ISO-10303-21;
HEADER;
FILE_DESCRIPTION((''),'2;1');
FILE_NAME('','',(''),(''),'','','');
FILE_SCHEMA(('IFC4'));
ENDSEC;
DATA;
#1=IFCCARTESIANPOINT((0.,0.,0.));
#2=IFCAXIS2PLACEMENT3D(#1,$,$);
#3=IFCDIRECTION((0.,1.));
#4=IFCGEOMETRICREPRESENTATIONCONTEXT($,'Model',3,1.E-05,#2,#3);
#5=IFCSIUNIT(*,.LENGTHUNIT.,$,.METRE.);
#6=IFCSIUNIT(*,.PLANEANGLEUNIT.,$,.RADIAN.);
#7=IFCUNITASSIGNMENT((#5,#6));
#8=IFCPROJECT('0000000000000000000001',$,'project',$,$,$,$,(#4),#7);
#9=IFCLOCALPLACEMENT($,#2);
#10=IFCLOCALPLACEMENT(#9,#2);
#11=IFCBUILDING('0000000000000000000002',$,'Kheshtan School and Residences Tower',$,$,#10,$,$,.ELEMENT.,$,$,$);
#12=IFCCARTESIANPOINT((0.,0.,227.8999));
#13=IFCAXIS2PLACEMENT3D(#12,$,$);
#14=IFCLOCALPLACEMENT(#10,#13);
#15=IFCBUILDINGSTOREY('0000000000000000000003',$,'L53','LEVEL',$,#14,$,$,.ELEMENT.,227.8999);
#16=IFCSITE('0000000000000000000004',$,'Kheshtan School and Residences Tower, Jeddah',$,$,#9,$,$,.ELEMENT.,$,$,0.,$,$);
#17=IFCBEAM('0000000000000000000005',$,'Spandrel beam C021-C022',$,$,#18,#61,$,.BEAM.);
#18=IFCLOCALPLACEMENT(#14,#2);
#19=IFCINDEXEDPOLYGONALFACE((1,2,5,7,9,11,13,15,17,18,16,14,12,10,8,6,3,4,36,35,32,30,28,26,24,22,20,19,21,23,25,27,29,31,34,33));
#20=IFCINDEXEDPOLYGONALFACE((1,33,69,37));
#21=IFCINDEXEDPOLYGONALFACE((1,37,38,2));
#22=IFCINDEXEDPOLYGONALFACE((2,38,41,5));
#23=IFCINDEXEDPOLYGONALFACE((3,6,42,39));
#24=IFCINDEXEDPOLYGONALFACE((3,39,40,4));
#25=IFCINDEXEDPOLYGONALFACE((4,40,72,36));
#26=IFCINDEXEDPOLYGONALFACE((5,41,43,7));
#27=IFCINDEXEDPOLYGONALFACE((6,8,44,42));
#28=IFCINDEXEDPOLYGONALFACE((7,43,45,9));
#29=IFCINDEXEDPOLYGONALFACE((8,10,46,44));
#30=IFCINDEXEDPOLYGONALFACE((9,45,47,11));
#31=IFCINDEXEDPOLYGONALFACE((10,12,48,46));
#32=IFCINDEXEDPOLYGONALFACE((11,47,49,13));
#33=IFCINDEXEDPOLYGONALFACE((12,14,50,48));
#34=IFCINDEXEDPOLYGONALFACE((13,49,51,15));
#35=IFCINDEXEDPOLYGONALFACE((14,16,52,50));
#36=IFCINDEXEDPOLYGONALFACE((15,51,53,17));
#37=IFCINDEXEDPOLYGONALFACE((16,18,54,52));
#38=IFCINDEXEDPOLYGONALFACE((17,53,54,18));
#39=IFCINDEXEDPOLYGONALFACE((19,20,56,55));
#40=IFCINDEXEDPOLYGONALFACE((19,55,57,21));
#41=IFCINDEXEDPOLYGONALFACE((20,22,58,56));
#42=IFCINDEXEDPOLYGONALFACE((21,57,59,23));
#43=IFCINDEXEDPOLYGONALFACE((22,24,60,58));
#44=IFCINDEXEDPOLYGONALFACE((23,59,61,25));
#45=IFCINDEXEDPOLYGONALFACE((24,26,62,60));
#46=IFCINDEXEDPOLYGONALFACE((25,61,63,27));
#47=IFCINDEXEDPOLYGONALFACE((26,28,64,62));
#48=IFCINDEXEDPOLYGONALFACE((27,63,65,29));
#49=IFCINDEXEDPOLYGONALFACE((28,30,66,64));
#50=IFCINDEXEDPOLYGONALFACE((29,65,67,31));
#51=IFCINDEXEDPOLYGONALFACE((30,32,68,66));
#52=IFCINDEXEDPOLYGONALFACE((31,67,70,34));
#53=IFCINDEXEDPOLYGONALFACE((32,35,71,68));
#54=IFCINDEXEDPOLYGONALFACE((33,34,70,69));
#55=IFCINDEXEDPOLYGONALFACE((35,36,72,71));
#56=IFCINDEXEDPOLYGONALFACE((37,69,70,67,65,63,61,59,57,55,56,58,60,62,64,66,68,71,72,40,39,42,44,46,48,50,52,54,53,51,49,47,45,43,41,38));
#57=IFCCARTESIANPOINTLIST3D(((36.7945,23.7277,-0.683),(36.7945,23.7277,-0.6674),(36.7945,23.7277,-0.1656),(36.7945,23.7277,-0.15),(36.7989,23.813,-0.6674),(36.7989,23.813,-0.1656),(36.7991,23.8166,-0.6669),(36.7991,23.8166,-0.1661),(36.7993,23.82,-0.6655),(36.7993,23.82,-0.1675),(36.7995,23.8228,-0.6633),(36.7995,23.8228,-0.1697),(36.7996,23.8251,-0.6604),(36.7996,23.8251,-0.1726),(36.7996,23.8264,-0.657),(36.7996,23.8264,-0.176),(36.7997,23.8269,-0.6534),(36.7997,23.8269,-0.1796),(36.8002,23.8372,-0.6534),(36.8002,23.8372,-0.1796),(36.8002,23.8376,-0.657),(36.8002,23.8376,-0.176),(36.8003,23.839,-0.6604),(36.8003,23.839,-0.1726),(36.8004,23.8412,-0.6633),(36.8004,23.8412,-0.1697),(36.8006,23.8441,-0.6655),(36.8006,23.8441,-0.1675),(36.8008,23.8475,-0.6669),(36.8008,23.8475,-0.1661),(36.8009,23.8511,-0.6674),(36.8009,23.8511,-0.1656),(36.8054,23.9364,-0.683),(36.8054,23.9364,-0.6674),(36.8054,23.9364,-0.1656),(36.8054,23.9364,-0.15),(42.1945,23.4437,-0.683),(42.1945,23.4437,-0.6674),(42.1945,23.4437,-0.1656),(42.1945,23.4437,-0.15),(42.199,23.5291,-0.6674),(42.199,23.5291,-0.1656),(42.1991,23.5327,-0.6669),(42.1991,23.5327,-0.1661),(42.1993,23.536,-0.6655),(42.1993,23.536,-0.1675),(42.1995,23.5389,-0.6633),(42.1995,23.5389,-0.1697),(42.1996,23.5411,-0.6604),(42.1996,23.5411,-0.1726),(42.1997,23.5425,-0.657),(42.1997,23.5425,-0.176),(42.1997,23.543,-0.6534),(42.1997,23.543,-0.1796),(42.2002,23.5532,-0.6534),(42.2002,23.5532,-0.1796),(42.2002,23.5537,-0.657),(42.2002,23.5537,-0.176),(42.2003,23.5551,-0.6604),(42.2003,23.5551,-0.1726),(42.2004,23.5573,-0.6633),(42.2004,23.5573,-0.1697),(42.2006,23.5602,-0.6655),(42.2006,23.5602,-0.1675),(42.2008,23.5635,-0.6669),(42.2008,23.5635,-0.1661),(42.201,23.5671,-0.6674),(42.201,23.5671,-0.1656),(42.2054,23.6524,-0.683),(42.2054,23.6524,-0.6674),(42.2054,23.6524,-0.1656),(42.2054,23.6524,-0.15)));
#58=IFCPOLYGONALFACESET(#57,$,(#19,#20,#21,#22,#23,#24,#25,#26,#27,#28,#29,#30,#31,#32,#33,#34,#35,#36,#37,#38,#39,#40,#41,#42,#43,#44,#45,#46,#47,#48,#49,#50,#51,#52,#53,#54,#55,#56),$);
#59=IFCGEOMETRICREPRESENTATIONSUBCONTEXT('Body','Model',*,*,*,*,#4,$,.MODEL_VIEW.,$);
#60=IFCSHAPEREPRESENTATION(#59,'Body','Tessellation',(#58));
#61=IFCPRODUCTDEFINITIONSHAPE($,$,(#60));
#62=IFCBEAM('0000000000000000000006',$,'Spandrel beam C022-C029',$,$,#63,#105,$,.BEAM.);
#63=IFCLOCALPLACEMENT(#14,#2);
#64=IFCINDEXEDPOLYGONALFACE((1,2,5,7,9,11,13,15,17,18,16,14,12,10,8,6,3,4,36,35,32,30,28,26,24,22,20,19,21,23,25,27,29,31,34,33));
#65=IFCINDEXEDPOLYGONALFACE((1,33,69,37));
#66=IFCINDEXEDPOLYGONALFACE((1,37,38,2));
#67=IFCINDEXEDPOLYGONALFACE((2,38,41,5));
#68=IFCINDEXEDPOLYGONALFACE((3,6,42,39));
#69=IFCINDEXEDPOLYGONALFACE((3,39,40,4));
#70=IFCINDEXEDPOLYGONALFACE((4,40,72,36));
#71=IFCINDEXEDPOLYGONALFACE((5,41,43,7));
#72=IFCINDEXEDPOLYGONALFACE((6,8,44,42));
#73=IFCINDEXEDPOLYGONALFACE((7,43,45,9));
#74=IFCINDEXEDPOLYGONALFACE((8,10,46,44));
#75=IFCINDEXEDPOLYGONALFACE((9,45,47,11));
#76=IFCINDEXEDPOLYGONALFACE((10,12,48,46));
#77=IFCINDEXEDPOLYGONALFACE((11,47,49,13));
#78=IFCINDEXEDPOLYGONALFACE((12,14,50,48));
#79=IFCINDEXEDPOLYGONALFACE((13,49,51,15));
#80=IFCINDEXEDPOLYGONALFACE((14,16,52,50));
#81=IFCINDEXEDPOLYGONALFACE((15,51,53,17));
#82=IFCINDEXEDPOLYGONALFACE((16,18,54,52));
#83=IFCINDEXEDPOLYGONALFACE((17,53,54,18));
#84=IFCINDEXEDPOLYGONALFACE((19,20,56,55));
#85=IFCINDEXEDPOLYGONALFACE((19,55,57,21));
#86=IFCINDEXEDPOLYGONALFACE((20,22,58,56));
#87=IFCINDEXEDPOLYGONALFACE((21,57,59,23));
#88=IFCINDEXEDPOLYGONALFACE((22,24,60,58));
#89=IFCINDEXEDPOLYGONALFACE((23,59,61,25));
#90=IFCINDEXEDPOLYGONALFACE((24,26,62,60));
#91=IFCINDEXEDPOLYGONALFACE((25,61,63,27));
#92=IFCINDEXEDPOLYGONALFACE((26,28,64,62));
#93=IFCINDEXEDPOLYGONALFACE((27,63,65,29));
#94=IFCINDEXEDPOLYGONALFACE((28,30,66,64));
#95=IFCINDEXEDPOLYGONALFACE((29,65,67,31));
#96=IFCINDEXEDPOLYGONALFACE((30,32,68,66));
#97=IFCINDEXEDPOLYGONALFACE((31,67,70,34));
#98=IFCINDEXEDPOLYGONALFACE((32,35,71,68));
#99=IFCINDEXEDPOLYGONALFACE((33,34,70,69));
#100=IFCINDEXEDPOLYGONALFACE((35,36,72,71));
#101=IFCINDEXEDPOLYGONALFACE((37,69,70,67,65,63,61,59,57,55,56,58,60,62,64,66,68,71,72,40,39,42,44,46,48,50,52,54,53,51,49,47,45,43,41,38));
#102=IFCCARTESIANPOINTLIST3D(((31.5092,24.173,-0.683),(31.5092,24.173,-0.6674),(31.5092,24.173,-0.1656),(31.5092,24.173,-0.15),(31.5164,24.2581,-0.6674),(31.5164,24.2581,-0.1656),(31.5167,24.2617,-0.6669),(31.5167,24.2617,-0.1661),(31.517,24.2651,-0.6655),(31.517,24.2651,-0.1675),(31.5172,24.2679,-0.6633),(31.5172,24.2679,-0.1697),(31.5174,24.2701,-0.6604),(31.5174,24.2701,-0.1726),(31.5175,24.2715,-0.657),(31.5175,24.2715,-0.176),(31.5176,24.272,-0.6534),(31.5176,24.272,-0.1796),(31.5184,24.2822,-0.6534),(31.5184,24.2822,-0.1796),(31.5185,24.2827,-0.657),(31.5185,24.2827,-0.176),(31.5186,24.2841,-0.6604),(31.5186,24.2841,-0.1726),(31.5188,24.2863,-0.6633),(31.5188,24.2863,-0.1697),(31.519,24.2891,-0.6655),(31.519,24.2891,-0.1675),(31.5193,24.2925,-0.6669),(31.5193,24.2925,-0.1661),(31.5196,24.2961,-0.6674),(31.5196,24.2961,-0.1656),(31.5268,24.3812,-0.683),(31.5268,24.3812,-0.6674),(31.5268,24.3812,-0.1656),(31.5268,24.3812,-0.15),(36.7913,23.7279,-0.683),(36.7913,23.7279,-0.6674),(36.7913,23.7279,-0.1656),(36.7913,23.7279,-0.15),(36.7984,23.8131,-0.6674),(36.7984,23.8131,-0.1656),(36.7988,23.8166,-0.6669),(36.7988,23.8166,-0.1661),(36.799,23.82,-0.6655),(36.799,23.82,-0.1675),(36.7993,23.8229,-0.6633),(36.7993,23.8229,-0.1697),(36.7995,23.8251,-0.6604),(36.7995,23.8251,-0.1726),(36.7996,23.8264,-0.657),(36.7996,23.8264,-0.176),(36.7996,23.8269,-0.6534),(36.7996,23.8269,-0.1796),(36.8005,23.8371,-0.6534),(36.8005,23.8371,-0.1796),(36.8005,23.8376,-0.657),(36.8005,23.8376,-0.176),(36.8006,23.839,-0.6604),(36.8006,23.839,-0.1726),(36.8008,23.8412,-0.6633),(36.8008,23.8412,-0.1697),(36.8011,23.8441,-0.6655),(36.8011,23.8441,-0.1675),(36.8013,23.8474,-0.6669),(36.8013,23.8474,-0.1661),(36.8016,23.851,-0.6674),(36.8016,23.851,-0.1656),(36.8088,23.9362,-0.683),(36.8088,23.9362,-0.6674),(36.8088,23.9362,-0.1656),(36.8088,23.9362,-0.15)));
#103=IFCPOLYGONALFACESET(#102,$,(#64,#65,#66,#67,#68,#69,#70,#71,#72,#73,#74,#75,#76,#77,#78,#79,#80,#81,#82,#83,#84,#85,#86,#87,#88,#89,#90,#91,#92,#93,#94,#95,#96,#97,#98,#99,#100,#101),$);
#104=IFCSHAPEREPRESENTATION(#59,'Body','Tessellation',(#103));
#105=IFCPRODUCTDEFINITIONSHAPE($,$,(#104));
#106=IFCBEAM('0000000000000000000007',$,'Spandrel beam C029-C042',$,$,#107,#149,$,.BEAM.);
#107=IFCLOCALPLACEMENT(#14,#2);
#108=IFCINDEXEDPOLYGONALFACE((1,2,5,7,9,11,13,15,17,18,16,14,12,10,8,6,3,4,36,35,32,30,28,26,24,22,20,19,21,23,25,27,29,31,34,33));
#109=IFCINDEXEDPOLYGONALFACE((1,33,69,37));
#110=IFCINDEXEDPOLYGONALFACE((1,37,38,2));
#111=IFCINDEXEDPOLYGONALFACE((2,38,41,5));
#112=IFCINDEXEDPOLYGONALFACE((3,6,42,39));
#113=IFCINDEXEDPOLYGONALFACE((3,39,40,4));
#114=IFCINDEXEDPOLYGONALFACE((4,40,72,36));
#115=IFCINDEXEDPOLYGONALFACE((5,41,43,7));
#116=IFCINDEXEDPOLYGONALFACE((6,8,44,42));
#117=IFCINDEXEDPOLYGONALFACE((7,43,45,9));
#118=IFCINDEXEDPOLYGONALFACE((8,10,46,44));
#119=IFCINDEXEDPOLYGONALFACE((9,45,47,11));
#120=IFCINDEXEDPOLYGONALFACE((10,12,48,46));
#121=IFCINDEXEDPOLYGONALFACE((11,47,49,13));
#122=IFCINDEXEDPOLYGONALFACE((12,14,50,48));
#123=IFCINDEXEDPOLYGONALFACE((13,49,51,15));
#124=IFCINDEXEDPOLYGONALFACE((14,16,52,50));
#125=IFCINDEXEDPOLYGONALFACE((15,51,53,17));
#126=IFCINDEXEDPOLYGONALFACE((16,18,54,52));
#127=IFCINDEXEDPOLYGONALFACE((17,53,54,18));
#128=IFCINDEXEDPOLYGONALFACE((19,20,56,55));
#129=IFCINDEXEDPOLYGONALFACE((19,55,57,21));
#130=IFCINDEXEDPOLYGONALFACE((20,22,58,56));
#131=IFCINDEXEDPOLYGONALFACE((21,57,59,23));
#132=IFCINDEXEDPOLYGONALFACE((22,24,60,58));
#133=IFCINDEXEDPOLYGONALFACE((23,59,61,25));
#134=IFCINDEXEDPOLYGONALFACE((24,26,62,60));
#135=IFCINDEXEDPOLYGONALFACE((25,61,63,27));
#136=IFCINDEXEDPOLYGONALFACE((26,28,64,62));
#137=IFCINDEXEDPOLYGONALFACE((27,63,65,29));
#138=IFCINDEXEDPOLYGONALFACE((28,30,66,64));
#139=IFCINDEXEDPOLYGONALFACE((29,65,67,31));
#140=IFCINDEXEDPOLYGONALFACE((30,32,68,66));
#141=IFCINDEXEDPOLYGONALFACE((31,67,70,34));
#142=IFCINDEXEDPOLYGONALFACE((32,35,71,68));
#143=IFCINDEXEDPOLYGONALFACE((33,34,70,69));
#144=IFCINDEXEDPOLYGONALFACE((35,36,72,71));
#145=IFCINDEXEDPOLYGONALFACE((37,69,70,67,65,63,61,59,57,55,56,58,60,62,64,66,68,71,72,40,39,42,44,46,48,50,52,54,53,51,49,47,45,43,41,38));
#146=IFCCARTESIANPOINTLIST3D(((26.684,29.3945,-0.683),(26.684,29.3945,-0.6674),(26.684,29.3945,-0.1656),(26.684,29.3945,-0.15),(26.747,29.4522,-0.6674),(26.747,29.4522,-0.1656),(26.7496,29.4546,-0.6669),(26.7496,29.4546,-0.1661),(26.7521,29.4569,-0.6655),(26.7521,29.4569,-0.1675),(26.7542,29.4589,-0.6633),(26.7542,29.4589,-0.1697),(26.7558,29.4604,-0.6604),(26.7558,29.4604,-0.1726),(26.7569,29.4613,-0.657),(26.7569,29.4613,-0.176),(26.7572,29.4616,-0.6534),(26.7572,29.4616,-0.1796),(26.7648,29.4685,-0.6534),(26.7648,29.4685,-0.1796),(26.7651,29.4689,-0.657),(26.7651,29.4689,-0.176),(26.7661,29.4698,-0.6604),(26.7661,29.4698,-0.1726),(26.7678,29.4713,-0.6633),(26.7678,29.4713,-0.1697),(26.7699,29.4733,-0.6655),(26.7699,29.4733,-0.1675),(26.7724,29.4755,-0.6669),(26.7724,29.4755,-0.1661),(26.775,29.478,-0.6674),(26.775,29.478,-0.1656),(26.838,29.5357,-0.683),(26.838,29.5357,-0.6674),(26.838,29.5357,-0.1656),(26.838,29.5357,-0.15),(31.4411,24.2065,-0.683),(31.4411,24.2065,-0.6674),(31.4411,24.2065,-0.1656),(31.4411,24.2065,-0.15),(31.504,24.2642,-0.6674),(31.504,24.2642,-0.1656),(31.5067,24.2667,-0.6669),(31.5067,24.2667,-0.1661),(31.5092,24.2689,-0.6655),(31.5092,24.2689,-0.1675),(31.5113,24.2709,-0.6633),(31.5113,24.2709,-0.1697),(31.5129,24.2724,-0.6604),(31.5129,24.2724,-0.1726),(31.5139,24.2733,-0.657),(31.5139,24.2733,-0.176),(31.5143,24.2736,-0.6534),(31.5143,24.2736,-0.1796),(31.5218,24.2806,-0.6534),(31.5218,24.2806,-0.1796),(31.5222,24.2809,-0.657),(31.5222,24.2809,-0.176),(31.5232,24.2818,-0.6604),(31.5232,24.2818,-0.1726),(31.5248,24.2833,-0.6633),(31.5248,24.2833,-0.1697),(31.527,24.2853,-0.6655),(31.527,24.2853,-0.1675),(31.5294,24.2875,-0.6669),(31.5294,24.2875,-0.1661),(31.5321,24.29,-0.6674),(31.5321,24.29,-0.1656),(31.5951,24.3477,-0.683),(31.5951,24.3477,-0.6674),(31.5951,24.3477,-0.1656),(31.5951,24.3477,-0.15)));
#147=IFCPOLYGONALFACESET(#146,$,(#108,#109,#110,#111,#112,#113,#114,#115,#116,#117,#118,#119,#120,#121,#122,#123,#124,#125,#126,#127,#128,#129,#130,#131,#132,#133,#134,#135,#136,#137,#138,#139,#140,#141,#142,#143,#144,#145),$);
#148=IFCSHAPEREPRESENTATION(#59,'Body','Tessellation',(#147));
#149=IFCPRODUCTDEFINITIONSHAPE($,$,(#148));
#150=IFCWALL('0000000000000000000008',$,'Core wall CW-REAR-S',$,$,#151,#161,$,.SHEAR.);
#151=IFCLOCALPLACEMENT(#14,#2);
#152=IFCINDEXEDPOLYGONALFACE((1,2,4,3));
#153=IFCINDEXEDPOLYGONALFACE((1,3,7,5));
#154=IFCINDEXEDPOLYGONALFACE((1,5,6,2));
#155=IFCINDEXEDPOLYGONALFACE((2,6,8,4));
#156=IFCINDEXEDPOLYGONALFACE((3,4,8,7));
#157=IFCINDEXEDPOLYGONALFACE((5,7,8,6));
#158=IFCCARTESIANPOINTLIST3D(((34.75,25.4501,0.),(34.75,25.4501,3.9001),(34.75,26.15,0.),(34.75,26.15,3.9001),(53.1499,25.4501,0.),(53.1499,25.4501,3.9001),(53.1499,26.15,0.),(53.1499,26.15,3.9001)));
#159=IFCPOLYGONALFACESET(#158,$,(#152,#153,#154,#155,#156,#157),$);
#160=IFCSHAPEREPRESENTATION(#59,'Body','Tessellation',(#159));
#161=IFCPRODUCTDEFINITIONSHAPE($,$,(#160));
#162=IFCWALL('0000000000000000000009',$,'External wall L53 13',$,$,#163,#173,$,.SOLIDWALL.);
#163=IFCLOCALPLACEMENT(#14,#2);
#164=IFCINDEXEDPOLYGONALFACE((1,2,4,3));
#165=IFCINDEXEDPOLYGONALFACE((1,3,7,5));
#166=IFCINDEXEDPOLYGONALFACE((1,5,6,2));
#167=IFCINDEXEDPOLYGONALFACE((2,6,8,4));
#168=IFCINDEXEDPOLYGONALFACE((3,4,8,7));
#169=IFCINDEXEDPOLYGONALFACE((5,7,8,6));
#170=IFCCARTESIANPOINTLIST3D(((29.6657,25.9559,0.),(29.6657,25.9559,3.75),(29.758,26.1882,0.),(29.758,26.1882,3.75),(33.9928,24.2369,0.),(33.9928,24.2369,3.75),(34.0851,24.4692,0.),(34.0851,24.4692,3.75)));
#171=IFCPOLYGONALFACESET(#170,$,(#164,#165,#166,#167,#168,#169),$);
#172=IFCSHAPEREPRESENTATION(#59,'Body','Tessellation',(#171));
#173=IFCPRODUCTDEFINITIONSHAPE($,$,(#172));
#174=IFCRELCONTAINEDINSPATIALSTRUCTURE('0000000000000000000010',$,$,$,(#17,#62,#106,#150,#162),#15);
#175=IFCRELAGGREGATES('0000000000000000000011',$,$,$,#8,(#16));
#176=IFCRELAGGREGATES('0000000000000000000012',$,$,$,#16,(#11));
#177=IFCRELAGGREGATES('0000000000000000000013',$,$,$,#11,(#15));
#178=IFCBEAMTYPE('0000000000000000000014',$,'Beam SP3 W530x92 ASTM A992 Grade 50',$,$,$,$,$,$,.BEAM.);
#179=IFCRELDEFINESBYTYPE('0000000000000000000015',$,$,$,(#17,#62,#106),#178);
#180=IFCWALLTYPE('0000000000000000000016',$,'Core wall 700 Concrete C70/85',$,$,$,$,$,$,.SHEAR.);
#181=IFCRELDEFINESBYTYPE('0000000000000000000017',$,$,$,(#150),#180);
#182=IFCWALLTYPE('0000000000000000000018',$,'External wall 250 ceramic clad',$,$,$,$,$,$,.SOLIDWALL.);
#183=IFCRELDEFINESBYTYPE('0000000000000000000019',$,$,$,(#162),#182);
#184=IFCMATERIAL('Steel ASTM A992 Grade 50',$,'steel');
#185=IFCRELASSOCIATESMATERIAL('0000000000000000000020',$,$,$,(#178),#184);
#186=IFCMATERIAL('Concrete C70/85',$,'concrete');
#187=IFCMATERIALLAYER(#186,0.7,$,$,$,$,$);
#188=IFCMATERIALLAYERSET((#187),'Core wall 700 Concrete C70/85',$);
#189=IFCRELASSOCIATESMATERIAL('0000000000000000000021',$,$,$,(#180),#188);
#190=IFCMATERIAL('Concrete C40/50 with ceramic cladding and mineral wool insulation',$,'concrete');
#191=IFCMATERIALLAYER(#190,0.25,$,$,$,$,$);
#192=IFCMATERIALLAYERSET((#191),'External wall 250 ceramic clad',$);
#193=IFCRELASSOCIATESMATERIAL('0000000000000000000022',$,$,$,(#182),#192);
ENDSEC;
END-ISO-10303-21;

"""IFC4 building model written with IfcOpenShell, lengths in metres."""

from ifc_helpers import new_model, si_unit, direction, frame, frame_2d, origin, origin_2d, place, context, subcontext, project, spatial, rectangle, i_section, extrude, material, layer, layer_set, material_profile, profile_set, type_object, element, save


model = new_model("IFC4")

# Units and contexts
model_context = context("Model", 3, precision=1e-05, world=origin(), true_north=direction((0.0, 1.0)))
body_context = subcontext(model_context, "Body", "Model", "MODEL_VIEW")
ifc_project = project(units=[si_unit("LENGTHUNIT", "METRE"), si_unit("PLANEANGLEUNIT", "RADIAN")], contexts=[model_context])

# Site, building, storey
site_placement = place(None, origin())
site = spatial("IfcSite", under=ifc_project, at=site_placement, Name="Kheshtan School and Residences Tower, Jeddah", CompositionType="ELEMENT", RefElevation=0.0)
building_placement = place(site_placement, origin())
building = spatial("IfcBuilding", under=site, at=building_placement, Name="Kheshtan School and Residences Tower", CompositionType="ELEMENT")
storey_placement = place(building_placement, frame((0.0, 0.0, 227.8999)))
storey = spatial("IfcBuildingStorey", under=building, at=storey_placement, Name="L53", Description="LEVEL", CompositionType="ELEMENT", Elevation=227.8999)

# Shared definitions
ifc_material_1 = material(Name="Steel ASTM A992 Grade 50", Category="steel")

# Beams
ifc_material_profile_1 = material_profile(ifc_material_1, i_section(OverallWidth=0.209, OverallDepth=0.533, WebThickness=0.0103, FlangeThickness=0.0156, FilletRadius=0.0139, at=origin_2d()), Name="W530x92")
ifc_profile_set_1 = profile_set([ifc_material_profile_1], Name="Steel ASTM A992 Grade 50")
beam_type_1 = type_object("IfcBeamType", Name="Beam SP3 W530x92 ASTM A992 Grade 50", PredefinedType="BEAM", material=ifc_profile_set_1)
beam_1_placement = place(storey_placement, frame((42.2, 23.5481, -0.4165), z_axis=(-0.99862, 0.052509, 0.0), x_axis=(-0.052509, -0.99862, 0.0)))
element("IfcBeam", 1, at=beam_1_placement, inside=storey, type_object=beam_type_1, Name="Spandrel beam C021-C022", PredefinedType="BEAM", context=body_context, shape_type="SweptSolid", body=[
    extrude(i_section(OverallWidth=0.209, OverallDepth=0.533, WebThickness=0.0103, FlangeThickness=0.0156, FilletRadius=0.0139, at=origin_2d()), origin(), (0.0, 0.0, 1.0), 5.4075),
])
beam_2_placement = place(storey_placement, frame((36.8, 23.832, -0.4165), z_axis=(-0.996469, 0.083964, 0.0), x_axis=(-0.083964, -0.996469, 0.0)))
element("IfcBeam", 2, at=beam_2_placement, inside=storey, type_object=beam_type_1, Name="Spandrel beam C022-C029", PredefinedType="BEAM", context=body_context, shape_type="SweptSolid", body=[
    extrude(i_section(OverallWidth=0.209, OverallDepth=0.533, WebThickness=0.0103, FlangeThickness=0.0156, FilletRadius=0.0139, at=origin_2d()), origin(), (0.0, 0.0, 1.0), 5.3008),
])
beam_3_placement = place(storey_placement, frame((31.5181, 24.2771, -0.4165), z_axis=(-0.675835, 0.737053, 0.0), x_axis=(-0.737053, -0.675835, 0.0)))
element("IfcBeam", 3, at=beam_3_placement, inside=storey, type_object=beam_type_1, Name="Spandrel beam C029-C042", PredefinedType="BEAM", context=body_context, shape_type="SweptSolid", body=[
    extrude(i_section(OverallWidth=0.209, OverallDepth=0.533, WebThickness=0.0103, FlangeThickness=0.0156, FilletRadius=0.0139, at=origin_2d()), origin(), (0.0, 0.0, 1.0), 7.0388),
])

# Walls
ifc_material_2 = material(Name="Concrete C70/85", Category="concrete")
ifc_layer_1 = layer(ifc_material_2, 0.7)
ifc_layer_set_1 = layer_set([ifc_layer_1], Name="Core wall 700 Concrete C70/85")
wall_type_1 = type_object("IfcWallType", Name="Core wall 700 Concrete C70/85", PredefinedType="SHEAR", material=ifc_layer_set_1)
wall_1_placement = place(storey_placement, frame((34.75, 25.8, 0.0), z_axis=(0.0, 0.0, 1.0), x_axis=(1.0, 0.0, 0.0)))
element("IfcWall", 4, at=wall_1_placement, inside=storey, type_object=wall_type_1, Name="Core wall CW-REAR-S", PredefinedType="SHEAR", context=body_context, shape_type="SweptSolid", body=[
    extrude(rectangle(XDim=18.3999, YDim=0.7, at=frame_2d((9.2, 0.0))), origin(), (0.0, 0.0, 1.0), 3.9001),
])
ifc_material_3 = material(Name="Concrete C40/50 with ceramic cladding and mineral wool insulation", Category="concrete")
ifc_layer_2 = layer(ifc_material_3, 0.25)
ifc_layer_set_2 = layer_set([ifc_layer_2], Name="External wall 250 ceramic clad")
wall_type_2 = type_object("IfcWallType", Name="External wall 250 ceramic clad", PredefinedType="SOLIDWALL", material=ifc_layer_set_2)
wall_2_placement = place(storey_placement, frame((34.0391, 24.353, 0.0), z_axis=(0.0, 0.0, 1.0), x_axis=(-0.929353, 0.369193, 0.0)))
element("IfcWall", 5, at=wall_2_placement, inside=storey, type_object=wall_type_2, Name="External wall L53 13", PredefinedType="SOLIDWALL", context=body_context, shape_type="SweptSolid", body=[
    extrude(rectangle(XDim=4.656, YDim=0.25, at=frame_2d((2.3281, 0.0))), origin(), (0.0, 0.0, 1.0), 3.75),
])

save(model, "model.ifc")
